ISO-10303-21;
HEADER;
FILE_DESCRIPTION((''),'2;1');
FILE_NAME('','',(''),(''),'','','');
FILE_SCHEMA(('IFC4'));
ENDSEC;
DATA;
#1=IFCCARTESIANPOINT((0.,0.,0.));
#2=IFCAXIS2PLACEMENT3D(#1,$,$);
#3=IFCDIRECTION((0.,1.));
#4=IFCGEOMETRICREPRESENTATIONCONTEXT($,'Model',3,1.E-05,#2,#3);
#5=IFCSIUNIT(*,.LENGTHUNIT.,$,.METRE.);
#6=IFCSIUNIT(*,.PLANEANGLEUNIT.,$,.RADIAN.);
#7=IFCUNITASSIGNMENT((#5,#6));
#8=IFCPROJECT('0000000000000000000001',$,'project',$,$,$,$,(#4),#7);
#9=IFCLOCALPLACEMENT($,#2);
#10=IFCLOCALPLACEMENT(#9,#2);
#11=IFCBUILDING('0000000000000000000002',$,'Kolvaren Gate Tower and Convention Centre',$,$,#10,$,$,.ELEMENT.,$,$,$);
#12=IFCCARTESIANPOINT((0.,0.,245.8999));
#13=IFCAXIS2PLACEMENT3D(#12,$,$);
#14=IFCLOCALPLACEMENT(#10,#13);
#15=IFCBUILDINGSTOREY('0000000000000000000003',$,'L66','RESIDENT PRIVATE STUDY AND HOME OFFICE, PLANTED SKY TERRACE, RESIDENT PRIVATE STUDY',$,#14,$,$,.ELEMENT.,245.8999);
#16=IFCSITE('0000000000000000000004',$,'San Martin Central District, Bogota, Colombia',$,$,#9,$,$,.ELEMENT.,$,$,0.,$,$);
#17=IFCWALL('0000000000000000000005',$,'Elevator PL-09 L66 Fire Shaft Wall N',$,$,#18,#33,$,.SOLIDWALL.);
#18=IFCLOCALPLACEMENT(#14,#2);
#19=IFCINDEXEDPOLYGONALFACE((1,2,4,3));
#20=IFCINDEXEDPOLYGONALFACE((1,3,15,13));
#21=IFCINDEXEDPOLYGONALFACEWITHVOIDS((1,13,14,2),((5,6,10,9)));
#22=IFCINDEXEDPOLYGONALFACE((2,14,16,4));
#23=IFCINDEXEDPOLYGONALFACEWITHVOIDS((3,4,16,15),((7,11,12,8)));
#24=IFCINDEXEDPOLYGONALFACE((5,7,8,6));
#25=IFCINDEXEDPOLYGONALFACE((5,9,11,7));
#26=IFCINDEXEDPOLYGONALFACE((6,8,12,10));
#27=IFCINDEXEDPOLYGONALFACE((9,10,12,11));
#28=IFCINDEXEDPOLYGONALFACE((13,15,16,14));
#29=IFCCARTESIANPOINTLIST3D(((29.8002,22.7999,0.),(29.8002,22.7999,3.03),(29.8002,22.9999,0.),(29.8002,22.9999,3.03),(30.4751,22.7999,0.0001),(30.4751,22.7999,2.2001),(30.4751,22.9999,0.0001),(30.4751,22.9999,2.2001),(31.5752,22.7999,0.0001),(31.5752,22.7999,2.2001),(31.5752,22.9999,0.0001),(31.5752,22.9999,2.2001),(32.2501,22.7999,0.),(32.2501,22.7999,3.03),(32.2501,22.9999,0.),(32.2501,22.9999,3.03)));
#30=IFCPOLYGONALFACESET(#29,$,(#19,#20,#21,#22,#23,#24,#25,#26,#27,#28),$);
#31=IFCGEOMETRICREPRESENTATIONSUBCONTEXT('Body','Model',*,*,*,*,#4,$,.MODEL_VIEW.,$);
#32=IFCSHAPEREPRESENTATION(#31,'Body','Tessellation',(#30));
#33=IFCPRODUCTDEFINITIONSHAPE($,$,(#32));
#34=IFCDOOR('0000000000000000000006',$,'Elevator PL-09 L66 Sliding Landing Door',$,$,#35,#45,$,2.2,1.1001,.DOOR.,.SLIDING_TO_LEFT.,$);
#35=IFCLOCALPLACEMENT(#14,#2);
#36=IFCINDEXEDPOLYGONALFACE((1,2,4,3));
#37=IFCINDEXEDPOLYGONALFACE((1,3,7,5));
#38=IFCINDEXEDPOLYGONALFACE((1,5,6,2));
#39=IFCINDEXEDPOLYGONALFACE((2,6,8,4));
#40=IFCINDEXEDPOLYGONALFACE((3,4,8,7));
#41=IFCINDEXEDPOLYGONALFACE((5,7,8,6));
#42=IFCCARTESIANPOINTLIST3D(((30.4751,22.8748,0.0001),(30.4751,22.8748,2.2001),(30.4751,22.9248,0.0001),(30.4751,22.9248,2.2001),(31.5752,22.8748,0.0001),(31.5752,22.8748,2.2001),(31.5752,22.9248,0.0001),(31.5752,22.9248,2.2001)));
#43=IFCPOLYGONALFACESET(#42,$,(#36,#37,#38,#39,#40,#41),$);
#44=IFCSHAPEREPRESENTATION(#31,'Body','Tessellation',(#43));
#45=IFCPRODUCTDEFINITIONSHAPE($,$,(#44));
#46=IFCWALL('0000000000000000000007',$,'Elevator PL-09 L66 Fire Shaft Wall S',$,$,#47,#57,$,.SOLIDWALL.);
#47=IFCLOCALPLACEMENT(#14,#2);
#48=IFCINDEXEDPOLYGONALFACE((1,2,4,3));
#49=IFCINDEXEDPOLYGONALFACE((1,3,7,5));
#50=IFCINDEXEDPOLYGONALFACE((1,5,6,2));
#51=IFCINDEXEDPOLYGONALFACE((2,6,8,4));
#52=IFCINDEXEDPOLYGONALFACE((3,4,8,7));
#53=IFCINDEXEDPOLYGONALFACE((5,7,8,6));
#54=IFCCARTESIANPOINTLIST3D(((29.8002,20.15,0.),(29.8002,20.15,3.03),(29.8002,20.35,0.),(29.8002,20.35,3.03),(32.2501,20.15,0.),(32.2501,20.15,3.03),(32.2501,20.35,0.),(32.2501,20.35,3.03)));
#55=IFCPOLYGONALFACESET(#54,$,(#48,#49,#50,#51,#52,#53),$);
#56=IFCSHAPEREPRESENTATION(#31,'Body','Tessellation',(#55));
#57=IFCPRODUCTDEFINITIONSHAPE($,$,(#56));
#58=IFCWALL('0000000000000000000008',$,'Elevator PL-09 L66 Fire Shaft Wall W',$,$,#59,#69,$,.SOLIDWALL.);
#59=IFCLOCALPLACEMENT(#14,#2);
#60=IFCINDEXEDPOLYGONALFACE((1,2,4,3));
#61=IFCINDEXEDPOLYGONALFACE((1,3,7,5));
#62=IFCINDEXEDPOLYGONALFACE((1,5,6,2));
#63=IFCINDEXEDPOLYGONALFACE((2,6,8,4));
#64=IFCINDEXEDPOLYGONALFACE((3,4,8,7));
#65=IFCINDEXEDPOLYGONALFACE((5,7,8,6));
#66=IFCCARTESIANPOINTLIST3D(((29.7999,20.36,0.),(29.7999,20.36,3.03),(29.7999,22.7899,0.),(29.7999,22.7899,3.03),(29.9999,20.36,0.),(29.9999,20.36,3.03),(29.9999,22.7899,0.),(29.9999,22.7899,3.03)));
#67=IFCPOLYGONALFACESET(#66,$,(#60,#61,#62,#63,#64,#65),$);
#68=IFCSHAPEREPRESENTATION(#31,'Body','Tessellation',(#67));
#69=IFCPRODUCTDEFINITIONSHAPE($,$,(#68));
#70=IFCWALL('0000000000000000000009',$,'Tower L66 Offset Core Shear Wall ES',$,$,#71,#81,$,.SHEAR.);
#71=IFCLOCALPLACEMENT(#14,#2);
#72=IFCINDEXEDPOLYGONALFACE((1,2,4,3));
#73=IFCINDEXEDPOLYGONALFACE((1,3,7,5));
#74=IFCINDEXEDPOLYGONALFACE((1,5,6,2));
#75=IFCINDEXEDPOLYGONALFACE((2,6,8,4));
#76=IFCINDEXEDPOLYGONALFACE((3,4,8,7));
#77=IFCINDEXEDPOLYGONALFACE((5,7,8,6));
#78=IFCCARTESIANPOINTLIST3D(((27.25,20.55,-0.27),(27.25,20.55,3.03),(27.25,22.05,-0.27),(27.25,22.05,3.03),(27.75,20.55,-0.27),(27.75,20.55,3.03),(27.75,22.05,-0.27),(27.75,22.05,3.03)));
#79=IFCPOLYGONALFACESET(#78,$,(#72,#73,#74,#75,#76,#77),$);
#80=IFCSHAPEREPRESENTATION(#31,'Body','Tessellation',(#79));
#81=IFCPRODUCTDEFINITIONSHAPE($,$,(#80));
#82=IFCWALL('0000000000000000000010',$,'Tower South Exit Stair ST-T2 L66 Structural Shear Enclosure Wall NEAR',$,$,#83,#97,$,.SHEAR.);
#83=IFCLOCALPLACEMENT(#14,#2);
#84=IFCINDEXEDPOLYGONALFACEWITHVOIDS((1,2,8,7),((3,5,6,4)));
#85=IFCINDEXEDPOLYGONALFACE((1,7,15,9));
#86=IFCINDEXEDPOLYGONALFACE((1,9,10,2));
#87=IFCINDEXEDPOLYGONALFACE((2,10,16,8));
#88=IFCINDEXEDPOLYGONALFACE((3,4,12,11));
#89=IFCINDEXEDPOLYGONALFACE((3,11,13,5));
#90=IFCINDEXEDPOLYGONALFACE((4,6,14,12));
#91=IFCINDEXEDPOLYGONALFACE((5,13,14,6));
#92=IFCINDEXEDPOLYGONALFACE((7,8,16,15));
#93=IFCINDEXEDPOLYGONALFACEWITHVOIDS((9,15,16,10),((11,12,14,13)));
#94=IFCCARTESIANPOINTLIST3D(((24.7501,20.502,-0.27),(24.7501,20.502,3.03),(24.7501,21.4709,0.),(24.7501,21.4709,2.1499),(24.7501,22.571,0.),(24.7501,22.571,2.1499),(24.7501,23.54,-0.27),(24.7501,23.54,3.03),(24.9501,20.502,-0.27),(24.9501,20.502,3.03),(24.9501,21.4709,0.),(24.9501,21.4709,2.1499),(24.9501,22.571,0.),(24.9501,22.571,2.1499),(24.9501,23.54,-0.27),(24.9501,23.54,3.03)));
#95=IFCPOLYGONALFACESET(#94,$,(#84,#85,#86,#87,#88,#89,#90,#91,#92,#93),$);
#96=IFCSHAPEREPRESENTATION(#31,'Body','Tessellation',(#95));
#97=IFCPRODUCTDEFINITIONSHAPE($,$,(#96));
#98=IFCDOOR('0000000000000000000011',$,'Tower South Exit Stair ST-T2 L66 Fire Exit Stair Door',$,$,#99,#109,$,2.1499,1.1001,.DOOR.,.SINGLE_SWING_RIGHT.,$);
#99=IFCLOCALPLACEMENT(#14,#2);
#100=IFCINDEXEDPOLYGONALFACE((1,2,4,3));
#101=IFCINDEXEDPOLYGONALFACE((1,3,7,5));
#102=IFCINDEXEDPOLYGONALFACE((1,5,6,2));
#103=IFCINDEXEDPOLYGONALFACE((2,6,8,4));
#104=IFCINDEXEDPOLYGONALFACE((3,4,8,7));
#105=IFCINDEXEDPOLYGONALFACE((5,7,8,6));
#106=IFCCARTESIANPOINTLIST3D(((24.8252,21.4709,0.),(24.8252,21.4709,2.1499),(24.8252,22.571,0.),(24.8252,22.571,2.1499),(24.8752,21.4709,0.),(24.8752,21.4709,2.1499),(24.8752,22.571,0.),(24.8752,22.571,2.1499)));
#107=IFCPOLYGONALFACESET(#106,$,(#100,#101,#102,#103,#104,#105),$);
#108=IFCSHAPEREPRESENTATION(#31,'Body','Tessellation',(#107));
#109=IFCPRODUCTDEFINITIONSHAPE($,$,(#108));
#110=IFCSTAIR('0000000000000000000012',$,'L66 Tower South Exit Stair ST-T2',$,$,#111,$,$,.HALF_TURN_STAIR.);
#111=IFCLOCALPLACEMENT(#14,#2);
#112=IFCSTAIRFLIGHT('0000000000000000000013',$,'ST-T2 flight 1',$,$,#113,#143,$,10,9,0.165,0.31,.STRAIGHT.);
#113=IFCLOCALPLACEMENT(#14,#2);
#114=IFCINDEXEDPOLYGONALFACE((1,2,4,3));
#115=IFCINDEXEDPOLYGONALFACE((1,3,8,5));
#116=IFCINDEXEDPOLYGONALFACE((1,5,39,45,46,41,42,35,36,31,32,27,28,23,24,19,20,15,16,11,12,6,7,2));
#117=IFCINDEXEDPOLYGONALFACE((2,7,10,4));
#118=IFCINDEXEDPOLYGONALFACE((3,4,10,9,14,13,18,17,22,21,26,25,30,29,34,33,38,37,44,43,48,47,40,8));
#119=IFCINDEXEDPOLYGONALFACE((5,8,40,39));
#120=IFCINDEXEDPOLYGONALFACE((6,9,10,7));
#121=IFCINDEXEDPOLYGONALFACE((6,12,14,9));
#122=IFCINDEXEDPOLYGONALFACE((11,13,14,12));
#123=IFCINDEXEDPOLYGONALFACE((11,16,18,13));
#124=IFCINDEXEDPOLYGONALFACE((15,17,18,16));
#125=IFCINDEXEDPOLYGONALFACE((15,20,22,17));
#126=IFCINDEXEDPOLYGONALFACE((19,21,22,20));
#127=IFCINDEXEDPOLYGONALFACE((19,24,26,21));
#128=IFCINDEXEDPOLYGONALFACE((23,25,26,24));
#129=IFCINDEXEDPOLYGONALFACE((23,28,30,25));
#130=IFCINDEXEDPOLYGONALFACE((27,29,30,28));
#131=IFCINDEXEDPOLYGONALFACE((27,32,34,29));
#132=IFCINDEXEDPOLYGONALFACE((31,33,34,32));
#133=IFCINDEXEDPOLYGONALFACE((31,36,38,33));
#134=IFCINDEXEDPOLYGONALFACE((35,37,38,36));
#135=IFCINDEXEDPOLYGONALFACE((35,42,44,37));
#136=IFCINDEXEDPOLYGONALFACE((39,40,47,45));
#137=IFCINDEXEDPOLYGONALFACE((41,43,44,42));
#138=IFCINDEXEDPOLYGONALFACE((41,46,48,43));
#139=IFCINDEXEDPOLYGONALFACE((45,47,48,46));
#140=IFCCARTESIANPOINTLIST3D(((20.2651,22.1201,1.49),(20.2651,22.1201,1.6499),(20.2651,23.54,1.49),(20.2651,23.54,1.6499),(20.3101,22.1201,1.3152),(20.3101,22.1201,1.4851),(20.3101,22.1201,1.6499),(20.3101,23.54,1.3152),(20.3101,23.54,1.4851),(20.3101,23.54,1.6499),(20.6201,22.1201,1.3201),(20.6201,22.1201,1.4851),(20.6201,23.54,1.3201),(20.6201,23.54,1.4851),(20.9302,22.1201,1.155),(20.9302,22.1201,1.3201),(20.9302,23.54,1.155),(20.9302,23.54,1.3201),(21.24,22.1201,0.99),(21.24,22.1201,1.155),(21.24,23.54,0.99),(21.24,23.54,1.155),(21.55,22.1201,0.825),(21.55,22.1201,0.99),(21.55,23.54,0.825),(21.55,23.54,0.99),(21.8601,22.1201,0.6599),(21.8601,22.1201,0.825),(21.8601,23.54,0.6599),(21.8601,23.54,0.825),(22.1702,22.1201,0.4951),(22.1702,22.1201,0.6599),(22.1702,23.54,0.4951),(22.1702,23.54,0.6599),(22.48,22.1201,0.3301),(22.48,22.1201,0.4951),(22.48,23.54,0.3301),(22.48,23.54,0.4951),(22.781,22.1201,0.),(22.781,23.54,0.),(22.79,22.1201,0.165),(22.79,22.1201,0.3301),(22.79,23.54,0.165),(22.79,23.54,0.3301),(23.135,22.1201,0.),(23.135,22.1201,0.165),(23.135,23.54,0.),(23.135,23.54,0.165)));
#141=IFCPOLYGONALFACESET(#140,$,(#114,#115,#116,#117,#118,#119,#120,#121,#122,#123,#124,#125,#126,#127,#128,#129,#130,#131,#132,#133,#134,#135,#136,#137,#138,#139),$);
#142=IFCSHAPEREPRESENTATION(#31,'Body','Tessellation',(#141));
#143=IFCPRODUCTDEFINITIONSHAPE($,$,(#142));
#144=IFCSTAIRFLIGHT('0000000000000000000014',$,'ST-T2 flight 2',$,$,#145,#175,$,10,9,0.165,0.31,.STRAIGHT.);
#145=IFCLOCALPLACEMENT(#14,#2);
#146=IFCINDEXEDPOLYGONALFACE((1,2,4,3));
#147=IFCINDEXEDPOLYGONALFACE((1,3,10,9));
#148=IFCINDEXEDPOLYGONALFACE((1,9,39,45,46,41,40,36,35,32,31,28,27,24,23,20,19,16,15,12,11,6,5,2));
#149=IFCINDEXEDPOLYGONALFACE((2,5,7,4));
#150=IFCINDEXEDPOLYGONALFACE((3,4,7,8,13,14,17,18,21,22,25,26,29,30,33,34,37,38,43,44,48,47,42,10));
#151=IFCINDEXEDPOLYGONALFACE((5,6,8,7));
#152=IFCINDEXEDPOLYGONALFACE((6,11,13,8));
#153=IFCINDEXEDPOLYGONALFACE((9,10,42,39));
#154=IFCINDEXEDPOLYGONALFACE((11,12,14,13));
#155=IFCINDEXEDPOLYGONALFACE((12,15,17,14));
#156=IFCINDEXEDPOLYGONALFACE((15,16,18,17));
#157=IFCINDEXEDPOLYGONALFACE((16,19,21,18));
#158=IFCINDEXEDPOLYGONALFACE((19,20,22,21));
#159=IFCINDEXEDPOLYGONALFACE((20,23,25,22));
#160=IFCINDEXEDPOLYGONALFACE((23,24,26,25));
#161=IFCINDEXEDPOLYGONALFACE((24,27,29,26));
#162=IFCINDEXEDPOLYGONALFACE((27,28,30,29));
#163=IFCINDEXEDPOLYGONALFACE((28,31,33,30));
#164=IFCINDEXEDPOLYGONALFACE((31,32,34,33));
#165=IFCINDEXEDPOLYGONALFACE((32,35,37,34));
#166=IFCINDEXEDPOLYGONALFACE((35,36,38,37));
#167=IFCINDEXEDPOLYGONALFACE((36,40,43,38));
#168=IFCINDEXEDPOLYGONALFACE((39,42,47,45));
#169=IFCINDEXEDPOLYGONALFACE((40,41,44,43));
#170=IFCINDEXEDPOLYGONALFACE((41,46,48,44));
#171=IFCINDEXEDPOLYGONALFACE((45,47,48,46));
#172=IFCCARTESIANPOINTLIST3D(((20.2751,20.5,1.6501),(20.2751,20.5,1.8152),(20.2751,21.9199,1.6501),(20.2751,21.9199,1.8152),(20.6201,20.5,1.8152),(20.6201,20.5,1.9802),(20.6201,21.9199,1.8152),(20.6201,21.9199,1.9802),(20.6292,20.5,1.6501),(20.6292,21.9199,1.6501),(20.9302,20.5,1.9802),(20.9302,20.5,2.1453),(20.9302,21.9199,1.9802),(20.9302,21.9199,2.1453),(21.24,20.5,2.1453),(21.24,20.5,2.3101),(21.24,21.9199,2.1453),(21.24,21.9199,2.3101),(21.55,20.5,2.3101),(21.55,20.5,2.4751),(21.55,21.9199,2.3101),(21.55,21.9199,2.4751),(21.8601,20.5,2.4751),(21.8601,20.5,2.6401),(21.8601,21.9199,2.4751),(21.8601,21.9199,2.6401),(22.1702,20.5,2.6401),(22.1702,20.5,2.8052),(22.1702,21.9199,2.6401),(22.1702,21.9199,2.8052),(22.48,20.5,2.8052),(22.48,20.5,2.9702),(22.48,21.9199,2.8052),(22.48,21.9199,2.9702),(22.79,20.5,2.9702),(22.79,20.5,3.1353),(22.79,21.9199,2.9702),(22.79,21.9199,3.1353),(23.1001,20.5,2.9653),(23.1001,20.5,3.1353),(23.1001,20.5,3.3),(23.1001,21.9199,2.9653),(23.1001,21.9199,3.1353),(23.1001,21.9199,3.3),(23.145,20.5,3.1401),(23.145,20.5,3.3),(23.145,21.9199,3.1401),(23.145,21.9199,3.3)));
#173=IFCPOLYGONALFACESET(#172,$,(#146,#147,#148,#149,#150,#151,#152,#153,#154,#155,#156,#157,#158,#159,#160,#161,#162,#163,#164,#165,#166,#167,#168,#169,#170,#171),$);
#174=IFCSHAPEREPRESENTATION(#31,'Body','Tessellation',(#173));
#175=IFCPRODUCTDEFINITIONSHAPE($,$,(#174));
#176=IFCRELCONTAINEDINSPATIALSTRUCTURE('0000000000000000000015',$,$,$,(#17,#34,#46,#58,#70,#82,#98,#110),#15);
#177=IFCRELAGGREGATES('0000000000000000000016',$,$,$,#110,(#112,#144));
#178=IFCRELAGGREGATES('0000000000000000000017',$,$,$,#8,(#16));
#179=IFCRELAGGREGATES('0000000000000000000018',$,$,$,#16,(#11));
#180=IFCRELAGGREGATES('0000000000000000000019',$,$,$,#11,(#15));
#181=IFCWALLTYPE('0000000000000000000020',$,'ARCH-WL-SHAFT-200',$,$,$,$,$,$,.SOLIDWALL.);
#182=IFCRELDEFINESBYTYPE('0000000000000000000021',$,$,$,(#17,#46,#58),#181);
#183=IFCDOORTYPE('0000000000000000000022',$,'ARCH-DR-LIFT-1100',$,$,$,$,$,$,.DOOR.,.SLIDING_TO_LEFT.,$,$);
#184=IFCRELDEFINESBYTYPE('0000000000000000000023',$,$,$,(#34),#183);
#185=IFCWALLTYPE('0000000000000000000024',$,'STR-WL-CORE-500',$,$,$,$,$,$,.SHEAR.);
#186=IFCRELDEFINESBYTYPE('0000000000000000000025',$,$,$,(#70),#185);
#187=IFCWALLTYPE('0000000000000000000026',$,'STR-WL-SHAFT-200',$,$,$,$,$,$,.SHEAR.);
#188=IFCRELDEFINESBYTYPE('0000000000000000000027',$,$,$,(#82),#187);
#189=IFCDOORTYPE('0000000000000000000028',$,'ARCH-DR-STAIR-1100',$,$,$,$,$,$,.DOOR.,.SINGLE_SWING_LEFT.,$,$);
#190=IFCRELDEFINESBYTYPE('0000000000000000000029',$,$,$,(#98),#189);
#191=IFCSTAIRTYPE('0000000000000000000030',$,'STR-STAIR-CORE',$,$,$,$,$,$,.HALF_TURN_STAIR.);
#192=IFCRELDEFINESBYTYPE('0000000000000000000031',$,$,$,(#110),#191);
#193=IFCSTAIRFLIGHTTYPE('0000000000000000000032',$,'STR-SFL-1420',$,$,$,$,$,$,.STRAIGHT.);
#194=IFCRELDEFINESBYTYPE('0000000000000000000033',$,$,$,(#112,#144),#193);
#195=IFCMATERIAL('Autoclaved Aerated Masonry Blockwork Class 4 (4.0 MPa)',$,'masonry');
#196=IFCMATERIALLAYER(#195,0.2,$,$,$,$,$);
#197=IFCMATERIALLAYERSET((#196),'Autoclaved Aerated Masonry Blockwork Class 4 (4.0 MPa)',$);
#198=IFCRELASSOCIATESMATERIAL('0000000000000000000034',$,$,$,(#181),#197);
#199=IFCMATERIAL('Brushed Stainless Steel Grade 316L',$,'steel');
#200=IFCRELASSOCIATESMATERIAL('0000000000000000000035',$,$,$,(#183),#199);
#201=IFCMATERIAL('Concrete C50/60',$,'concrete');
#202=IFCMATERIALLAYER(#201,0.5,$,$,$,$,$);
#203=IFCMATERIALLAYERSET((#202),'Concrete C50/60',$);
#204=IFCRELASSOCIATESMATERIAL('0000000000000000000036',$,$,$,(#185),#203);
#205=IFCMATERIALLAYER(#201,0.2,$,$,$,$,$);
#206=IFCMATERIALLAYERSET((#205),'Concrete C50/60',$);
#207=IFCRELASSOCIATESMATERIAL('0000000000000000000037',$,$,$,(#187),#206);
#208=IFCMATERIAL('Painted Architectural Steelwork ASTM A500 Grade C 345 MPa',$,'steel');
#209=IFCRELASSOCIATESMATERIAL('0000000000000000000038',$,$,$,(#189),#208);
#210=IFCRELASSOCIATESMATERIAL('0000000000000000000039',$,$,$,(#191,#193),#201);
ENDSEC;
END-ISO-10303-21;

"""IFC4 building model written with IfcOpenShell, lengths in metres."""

from ifc_helpers import new_model, si_unit, direction, frame, frame_2d, origin, place, context, subcontext, project, spatial, polyline, rectangle, outline, extrude, material, layer, layer_set, type_object, element, fill, aggregate, save


model = new_model("IFC4")

# Units and contexts
model_context = context("Model", 3, precision=1e-05, world=origin(), true_north=direction((0.0, 1.0)))
body_context = subcontext(model_context, "Body", "Model", "MODEL_VIEW")
ifc_project = project(units=[si_unit("LENGTHUNIT", "METRE"), si_unit("PLANEANGLEUNIT", "RADIAN")], contexts=[model_context])

# Site, building, storey
site_placement = place(None, origin())
site = spatial("IfcSite", under=ifc_project, at=site_placement, Name="San Martin Central District, Bogota, Colombia", CompositionType="ELEMENT", RefElevation=0.0)
building_placement = place(site_placement, origin())
building = spatial("IfcBuilding", under=site, at=building_placement, Name="Kolvaren Gate Tower and Convention Centre", CompositionType="ELEMENT")
storey_placement = place(building_placement, frame((0.0, 0.0, 245.8999)))
storey = spatial("IfcBuildingStorey", under=building, at=storey_placement, Name="L66", Description="RESIDENT PRIVATE STUDY AND HOME OFFICE, PLANTED SKY TERRACE, RESIDENT PRIVATE STUDY", CompositionType="ELEMENT", Elevation=245.8999)

# Shared definitions
ifc_material_1 = material(Name="Autoclaved Aerated Masonry Blockwork Class 4 (4.0 MPa)", Category="masonry")

# Shared definitions
ifc_material_2 = material(Name="Painted Architectural Steelwork ASTM A500 Grade C 345 MPa", Category="steel")

# Shared definitions
ifc_layer_1 = layer(ifc_material_1, 0.2)
ifc_layer_set_1 = layer_set([ifc_layer_1], Name="Autoclaved Aerated Masonry Blockwork Class 4 (4.0 MPa)")
wall_type_1 = type_object("IfcWallType", Name="ARCH-WL-SHAFT-200", PredefinedType="SOLIDWALL", material=ifc_layer_set_1)

# Wall, opening, door
ifc_material_3 = material(Name="Brushed Stainless Steel Grade 316L", Category="steel")
door_type_1 = type_object("IfcDoorType", Name="ARCH-DR-LIFT-1100", OperationType="SLIDING_TO_LEFT", PredefinedType="DOOR", material=ifc_material_3)
wall_1_placement = place(storey_placement, frame((29.8, 22.8999, 0.0), z_axis=(0.0, 0.0, 1.0), x_axis=(1.0, 0.0, 0.0)))
wall_1 = element("IfcWall", 1, at=wall_1_placement, inside=storey, type_object=wall_type_1, Name="Elevator PL-09 L66 Fire Shaft Wall N", PredefinedType="SOLIDWALL", context=body_context, shape_type="SweptSolid", body=[
    extrude(rectangle(XDim=2.45, YDim=0.2, at=frame_2d((1.2251, 0.0))), origin(), (0.0, 0.0, 1.0), 3.03),
])
opening_1_placement = place(wall_1_placement, frame((0.675, 0.0, 0.0)))
opening_1 = element("IfcOpeningElement", 2, at=opening_1_placement, cuts=wall_1, PredefinedType="OPENING", context=body_context, shape_type="SweptSolid", body=[
    extrude(rectangle(XDim=1.1001, YDim=2.2, at=frame_2d((0.55, 1.1001))), frame((0.0, 0.1099, 0.0), z_axis=(0.0, -1.0, 0.0), x_axis=(1.0, 0.0, 0.0)), (0.0, 0.0, 1.0), 0.22),
])
door_1_placement = place(opening_1_placement, origin())
door_1 = element("IfcDoor", 3, at=door_1_placement, inside=storey, type_object=door_type_1, Name="Elevator PL-09 L66 Sliding Landing Door", OperationType="SLIDING_TO_LEFT", OverallHeight=2.2, OverallWidth=1.1001, PredefinedType="DOOR", context=body_context, shape_type="SweptSolid", body=[
    extrude(rectangle(XDim=1.1001, YDim=2.2, at=frame_2d((0.55, 1.1001))), frame((0.0, 0.0249, 0.0), z_axis=(0.0, -1.0, 0.0), x_axis=(1.0, 0.0, 0.0)), (0.0, 0.0, 1.0), 0.05),
])
fill(opening_1, door_1)

# Walls
wall_2_placement = place(storey_placement, frame((29.8, 20.25, 0.0), z_axis=(0.0, 0.0, 1.0), x_axis=(1.0, 0.0, 0.0)))
element("IfcWall", 4, at=wall_2_placement, inside=storey, type_object=wall_type_1, Name="Elevator PL-09 L66 Fire Shaft Wall S", PredefinedType="SOLIDWALL", context=body_context, shape_type="SweptSolid", body=[
    extrude(rectangle(XDim=2.45, YDim=0.2, at=frame_2d((1.2251, 0.0))), origin(), (0.0, 0.0, 1.0), 3.03),
])
wall_3_placement = place(storey_placement, frame((29.8999, 20.3601, 0.0), z_axis=(0.0, 0.0, 1.0), x_axis=(0.0, 1.0, 0.0)))
element("IfcWall", 5, at=wall_3_placement, inside=storey, type_object=wall_type_1, Name="Elevator PL-09 L66 Fire Shaft Wall W", PredefinedType="SOLIDWALL", context=body_context, shape_type="SweptSolid", body=[
    extrude(rectangle(XDim=2.4299, YDim=0.2, at=frame_2d((1.2148, 0.0))), origin(), (0.0, 0.0, 1.0), 3.03),
])
ifc_material_4 = material(Name="Concrete C50/60", Category="concrete")
ifc_layer_2 = layer(ifc_material_4, 0.5)
ifc_layer_set_2 = layer_set([ifc_layer_2], Name="Concrete C50/60")
wall_type_2 = type_object("IfcWallType", Name="STR-WL-CORE-500", PredefinedType="SHEAR", material=ifc_layer_set_2)
wall_4_placement = place(storey_placement, frame((27.5, 20.55, -0.27), z_axis=(0.0, 0.0, 1.0), x_axis=(0.0, 1.0, 0.0)))
element("IfcWall", 6, at=wall_4_placement, inside=storey, type_object=wall_type_2, Name="Tower L66 Offset Core Shear Wall ES", PredefinedType="SHEAR", context=body_context, shape_type="SweptSolid", body=[
    extrude(rectangle(XDim=1.5, YDim=0.5, at=frame_2d((0.75, 0.0))), origin(), (0.0, 0.0, 1.0), 3.3),
])

# Wall, opening, door
ifc_layer_3 = layer(ifc_material_4, 0.2)
ifc_layer_set_3 = layer_set([ifc_layer_3], Name="Concrete C50/60")
wall_type_3 = type_object("IfcWallType", Name="STR-WL-SHAFT-200", PredefinedType="SHEAR", material=ifc_layer_set_3)
wall_5_placement = place(storey_placement, frame((24.8501, 20.502, -0.27), z_axis=(0.0, 0.0, 1.0), x_axis=(0.0, 1.0, 0.0)))
wall_5 = element("IfcWall", 7, at=wall_5_placement, inside=storey, type_object=wall_type_3, Name="Tower South Exit Stair ST-T2 L66 Structural Shear Enclosure Wall NEAR", PredefinedType="SHEAR", context=body_context, shape_type="SweptSolid", body=[
    extrude(rectangle(XDim=3.0381, YDim=0.2, at=frame_2d((1.519, 0.0))), origin(), (0.0, 0.0, 1.0), 3.3),
])
opening_2_placement = place(wall_5_placement, frame((0.969, 0.0, 0.27)))
opening_2 = element("IfcOpeningElement", 8, at=opening_2_placement, cuts=wall_5, PredefinedType="OPENING", context=body_context, shape_type="SweptSolid", body=[
    extrude(rectangle(XDim=1.1001, YDim=2.1499, at=frame_2d((0.55, 1.075))), frame((0.0, 0.1099, 0.0), z_axis=(0.0, -1.0, 0.0), x_axis=(1.0, 0.0, 0.0)), (0.0, 0.0, 1.0), 0.22),
])
door_type_2 = type_object("IfcDoorType", Name="ARCH-DR-STAIR-1100", OperationType="SINGLE_SWING_LEFT", PredefinedType="DOOR", material=ifc_material_2)
door_2_placement = place(opening_2_placement, origin())
door_2 = element("IfcDoor", 9, at=door_2_placement, inside=storey, type_object=door_type_2, Name="Tower South Exit Stair ST-T2 L66 Fire Exit Stair Door", OperationType="SINGLE_SWING_RIGHT", OverallHeight=2.1499, OverallWidth=1.1001, PredefinedType="DOOR", context=body_context, shape_type="SweptSolid", body=[
    extrude(rectangle(XDim=1.1001, YDim=2.1499, at=frame_2d((0.55, 1.075))), frame((0.0, 0.0249, 0.0), z_axis=(0.0, -1.0, 0.0), x_axis=(1.0, 0.0, 0.0)), (0.0, 0.0, 1.0), 0.05),
])
fill(opening_2, door_2)

# Stair, stair flights
stair_type = type_object("IfcStairType", Name="STR-STAIR-CORE", PredefinedType="HALF_TURN_STAIR", material=ifc_material_4)
stair_placement = place(storey_placement, origin())
stair = element("IfcStair", 10, at=stair_placement, inside=storey, type_object=stair_type, Name="L66 Tower South Exit Stair ST-T2", PredefinedType="HALF_TURN_STAIR")
stair_flight_type = type_object("IfcStairFlightType", Name="STR-SFL-1420", PredefinedType="STRAIGHT", material=ifc_material_4)
stair_flight_1_placement = place(storey_placement, frame((23.1001, 22.8301, 0.0), z_axis=(0.0, 0.0, 1.0), x_axis=(-1.0, 0.0, 0.0)))
stair_flight_1 = element("IfcStairFlight", 11, at=stair_flight_1_placement, type_object=stair_flight_type, Name="ST-T2 flight 1", NumberOfRisers=10, NumberOfTreads=9, PredefinedType="STRAIGHT", RiserHeight=0.165, TreadLength=0.31, context=body_context, shape_type="SweptSolid", body=[
    extrude(outline(polyline([(-0.0349, 0.0), (-0.0349, 0.165), (0.3101, 0.165), (0.3101, 0.3301), (0.6201, 0.3301), (0.6201, 0.4951), (0.9299, 0.4951), (0.9299, 0.6599), (1.24, 0.6599), (1.24, 0.825), (1.55, 0.825), (1.55, 0.99), (1.8601, 0.99), (1.8601, 1.155), (2.1699, 1.155), (2.1699, 1.3201), (2.48, 1.3201), (2.48, 1.4851), (2.79, 1.4851), (2.79, 1.6499), (2.835, 1.6499), (2.835, 1.49), (2.79, 1.3152), (0.3191, 0.0), (-0.0349, 0.0)])), frame((0.0, 0.71, 0.0), z_axis=(0.0, -1.0, 0.0), x_axis=(1.0, 0.0, 0.0)), (0.0, 0.0, 1.0), 1.4199),
])
stair_flight_2_placement = place(storey_placement, frame((20.3101, 21.21, 1.6501), z_axis=(0.0, 0.0, 1.0), x_axis=(1.0, 0.0, 0.0)))
stair_flight_2 = element("IfcStairFlight", 12, at=stair_flight_2_placement, type_object=stair_flight_type, Name="ST-T2 flight 2", NumberOfRisers=10, NumberOfTreads=9, PredefinedType="STRAIGHT", RiserHeight=0.165, TreadLength=0.31, context=body_context, shape_type="SweptSolid", body=[
    extrude(outline(polyline([(-0.0349, 0.0), (-0.0349, 0.165), (0.3101, 0.165), (0.3101, 0.3301), (0.6201, 0.3301), (0.6201, 0.4951), (0.9299, 0.4951), (0.9299, 0.6599), (1.24, 0.6599), (1.24, 0.825), (1.55, 0.825), (1.55, 0.99), (1.8601, 0.99), (1.8601, 1.155), (2.1699, 1.155), (2.1699, 1.3201), (2.48, 1.3201), (2.48, 1.4851), (2.79, 1.4851), (2.79, 1.6499), (2.835, 1.6499), (2.835, 1.49), (2.79, 1.3152), (0.3191, 0.0), (-0.0349, 0.0)])), frame((0.0, 0.71, 0.0), z_axis=(0.0, -1.0, 0.0), x_axis=(1.0, 0.0, 0.0)), (0.0, 0.0, 1.0), 1.4199),
])
aggregate(stair, [stair_flight_1, stair_flight_2])

save(model, "model.ifc")
